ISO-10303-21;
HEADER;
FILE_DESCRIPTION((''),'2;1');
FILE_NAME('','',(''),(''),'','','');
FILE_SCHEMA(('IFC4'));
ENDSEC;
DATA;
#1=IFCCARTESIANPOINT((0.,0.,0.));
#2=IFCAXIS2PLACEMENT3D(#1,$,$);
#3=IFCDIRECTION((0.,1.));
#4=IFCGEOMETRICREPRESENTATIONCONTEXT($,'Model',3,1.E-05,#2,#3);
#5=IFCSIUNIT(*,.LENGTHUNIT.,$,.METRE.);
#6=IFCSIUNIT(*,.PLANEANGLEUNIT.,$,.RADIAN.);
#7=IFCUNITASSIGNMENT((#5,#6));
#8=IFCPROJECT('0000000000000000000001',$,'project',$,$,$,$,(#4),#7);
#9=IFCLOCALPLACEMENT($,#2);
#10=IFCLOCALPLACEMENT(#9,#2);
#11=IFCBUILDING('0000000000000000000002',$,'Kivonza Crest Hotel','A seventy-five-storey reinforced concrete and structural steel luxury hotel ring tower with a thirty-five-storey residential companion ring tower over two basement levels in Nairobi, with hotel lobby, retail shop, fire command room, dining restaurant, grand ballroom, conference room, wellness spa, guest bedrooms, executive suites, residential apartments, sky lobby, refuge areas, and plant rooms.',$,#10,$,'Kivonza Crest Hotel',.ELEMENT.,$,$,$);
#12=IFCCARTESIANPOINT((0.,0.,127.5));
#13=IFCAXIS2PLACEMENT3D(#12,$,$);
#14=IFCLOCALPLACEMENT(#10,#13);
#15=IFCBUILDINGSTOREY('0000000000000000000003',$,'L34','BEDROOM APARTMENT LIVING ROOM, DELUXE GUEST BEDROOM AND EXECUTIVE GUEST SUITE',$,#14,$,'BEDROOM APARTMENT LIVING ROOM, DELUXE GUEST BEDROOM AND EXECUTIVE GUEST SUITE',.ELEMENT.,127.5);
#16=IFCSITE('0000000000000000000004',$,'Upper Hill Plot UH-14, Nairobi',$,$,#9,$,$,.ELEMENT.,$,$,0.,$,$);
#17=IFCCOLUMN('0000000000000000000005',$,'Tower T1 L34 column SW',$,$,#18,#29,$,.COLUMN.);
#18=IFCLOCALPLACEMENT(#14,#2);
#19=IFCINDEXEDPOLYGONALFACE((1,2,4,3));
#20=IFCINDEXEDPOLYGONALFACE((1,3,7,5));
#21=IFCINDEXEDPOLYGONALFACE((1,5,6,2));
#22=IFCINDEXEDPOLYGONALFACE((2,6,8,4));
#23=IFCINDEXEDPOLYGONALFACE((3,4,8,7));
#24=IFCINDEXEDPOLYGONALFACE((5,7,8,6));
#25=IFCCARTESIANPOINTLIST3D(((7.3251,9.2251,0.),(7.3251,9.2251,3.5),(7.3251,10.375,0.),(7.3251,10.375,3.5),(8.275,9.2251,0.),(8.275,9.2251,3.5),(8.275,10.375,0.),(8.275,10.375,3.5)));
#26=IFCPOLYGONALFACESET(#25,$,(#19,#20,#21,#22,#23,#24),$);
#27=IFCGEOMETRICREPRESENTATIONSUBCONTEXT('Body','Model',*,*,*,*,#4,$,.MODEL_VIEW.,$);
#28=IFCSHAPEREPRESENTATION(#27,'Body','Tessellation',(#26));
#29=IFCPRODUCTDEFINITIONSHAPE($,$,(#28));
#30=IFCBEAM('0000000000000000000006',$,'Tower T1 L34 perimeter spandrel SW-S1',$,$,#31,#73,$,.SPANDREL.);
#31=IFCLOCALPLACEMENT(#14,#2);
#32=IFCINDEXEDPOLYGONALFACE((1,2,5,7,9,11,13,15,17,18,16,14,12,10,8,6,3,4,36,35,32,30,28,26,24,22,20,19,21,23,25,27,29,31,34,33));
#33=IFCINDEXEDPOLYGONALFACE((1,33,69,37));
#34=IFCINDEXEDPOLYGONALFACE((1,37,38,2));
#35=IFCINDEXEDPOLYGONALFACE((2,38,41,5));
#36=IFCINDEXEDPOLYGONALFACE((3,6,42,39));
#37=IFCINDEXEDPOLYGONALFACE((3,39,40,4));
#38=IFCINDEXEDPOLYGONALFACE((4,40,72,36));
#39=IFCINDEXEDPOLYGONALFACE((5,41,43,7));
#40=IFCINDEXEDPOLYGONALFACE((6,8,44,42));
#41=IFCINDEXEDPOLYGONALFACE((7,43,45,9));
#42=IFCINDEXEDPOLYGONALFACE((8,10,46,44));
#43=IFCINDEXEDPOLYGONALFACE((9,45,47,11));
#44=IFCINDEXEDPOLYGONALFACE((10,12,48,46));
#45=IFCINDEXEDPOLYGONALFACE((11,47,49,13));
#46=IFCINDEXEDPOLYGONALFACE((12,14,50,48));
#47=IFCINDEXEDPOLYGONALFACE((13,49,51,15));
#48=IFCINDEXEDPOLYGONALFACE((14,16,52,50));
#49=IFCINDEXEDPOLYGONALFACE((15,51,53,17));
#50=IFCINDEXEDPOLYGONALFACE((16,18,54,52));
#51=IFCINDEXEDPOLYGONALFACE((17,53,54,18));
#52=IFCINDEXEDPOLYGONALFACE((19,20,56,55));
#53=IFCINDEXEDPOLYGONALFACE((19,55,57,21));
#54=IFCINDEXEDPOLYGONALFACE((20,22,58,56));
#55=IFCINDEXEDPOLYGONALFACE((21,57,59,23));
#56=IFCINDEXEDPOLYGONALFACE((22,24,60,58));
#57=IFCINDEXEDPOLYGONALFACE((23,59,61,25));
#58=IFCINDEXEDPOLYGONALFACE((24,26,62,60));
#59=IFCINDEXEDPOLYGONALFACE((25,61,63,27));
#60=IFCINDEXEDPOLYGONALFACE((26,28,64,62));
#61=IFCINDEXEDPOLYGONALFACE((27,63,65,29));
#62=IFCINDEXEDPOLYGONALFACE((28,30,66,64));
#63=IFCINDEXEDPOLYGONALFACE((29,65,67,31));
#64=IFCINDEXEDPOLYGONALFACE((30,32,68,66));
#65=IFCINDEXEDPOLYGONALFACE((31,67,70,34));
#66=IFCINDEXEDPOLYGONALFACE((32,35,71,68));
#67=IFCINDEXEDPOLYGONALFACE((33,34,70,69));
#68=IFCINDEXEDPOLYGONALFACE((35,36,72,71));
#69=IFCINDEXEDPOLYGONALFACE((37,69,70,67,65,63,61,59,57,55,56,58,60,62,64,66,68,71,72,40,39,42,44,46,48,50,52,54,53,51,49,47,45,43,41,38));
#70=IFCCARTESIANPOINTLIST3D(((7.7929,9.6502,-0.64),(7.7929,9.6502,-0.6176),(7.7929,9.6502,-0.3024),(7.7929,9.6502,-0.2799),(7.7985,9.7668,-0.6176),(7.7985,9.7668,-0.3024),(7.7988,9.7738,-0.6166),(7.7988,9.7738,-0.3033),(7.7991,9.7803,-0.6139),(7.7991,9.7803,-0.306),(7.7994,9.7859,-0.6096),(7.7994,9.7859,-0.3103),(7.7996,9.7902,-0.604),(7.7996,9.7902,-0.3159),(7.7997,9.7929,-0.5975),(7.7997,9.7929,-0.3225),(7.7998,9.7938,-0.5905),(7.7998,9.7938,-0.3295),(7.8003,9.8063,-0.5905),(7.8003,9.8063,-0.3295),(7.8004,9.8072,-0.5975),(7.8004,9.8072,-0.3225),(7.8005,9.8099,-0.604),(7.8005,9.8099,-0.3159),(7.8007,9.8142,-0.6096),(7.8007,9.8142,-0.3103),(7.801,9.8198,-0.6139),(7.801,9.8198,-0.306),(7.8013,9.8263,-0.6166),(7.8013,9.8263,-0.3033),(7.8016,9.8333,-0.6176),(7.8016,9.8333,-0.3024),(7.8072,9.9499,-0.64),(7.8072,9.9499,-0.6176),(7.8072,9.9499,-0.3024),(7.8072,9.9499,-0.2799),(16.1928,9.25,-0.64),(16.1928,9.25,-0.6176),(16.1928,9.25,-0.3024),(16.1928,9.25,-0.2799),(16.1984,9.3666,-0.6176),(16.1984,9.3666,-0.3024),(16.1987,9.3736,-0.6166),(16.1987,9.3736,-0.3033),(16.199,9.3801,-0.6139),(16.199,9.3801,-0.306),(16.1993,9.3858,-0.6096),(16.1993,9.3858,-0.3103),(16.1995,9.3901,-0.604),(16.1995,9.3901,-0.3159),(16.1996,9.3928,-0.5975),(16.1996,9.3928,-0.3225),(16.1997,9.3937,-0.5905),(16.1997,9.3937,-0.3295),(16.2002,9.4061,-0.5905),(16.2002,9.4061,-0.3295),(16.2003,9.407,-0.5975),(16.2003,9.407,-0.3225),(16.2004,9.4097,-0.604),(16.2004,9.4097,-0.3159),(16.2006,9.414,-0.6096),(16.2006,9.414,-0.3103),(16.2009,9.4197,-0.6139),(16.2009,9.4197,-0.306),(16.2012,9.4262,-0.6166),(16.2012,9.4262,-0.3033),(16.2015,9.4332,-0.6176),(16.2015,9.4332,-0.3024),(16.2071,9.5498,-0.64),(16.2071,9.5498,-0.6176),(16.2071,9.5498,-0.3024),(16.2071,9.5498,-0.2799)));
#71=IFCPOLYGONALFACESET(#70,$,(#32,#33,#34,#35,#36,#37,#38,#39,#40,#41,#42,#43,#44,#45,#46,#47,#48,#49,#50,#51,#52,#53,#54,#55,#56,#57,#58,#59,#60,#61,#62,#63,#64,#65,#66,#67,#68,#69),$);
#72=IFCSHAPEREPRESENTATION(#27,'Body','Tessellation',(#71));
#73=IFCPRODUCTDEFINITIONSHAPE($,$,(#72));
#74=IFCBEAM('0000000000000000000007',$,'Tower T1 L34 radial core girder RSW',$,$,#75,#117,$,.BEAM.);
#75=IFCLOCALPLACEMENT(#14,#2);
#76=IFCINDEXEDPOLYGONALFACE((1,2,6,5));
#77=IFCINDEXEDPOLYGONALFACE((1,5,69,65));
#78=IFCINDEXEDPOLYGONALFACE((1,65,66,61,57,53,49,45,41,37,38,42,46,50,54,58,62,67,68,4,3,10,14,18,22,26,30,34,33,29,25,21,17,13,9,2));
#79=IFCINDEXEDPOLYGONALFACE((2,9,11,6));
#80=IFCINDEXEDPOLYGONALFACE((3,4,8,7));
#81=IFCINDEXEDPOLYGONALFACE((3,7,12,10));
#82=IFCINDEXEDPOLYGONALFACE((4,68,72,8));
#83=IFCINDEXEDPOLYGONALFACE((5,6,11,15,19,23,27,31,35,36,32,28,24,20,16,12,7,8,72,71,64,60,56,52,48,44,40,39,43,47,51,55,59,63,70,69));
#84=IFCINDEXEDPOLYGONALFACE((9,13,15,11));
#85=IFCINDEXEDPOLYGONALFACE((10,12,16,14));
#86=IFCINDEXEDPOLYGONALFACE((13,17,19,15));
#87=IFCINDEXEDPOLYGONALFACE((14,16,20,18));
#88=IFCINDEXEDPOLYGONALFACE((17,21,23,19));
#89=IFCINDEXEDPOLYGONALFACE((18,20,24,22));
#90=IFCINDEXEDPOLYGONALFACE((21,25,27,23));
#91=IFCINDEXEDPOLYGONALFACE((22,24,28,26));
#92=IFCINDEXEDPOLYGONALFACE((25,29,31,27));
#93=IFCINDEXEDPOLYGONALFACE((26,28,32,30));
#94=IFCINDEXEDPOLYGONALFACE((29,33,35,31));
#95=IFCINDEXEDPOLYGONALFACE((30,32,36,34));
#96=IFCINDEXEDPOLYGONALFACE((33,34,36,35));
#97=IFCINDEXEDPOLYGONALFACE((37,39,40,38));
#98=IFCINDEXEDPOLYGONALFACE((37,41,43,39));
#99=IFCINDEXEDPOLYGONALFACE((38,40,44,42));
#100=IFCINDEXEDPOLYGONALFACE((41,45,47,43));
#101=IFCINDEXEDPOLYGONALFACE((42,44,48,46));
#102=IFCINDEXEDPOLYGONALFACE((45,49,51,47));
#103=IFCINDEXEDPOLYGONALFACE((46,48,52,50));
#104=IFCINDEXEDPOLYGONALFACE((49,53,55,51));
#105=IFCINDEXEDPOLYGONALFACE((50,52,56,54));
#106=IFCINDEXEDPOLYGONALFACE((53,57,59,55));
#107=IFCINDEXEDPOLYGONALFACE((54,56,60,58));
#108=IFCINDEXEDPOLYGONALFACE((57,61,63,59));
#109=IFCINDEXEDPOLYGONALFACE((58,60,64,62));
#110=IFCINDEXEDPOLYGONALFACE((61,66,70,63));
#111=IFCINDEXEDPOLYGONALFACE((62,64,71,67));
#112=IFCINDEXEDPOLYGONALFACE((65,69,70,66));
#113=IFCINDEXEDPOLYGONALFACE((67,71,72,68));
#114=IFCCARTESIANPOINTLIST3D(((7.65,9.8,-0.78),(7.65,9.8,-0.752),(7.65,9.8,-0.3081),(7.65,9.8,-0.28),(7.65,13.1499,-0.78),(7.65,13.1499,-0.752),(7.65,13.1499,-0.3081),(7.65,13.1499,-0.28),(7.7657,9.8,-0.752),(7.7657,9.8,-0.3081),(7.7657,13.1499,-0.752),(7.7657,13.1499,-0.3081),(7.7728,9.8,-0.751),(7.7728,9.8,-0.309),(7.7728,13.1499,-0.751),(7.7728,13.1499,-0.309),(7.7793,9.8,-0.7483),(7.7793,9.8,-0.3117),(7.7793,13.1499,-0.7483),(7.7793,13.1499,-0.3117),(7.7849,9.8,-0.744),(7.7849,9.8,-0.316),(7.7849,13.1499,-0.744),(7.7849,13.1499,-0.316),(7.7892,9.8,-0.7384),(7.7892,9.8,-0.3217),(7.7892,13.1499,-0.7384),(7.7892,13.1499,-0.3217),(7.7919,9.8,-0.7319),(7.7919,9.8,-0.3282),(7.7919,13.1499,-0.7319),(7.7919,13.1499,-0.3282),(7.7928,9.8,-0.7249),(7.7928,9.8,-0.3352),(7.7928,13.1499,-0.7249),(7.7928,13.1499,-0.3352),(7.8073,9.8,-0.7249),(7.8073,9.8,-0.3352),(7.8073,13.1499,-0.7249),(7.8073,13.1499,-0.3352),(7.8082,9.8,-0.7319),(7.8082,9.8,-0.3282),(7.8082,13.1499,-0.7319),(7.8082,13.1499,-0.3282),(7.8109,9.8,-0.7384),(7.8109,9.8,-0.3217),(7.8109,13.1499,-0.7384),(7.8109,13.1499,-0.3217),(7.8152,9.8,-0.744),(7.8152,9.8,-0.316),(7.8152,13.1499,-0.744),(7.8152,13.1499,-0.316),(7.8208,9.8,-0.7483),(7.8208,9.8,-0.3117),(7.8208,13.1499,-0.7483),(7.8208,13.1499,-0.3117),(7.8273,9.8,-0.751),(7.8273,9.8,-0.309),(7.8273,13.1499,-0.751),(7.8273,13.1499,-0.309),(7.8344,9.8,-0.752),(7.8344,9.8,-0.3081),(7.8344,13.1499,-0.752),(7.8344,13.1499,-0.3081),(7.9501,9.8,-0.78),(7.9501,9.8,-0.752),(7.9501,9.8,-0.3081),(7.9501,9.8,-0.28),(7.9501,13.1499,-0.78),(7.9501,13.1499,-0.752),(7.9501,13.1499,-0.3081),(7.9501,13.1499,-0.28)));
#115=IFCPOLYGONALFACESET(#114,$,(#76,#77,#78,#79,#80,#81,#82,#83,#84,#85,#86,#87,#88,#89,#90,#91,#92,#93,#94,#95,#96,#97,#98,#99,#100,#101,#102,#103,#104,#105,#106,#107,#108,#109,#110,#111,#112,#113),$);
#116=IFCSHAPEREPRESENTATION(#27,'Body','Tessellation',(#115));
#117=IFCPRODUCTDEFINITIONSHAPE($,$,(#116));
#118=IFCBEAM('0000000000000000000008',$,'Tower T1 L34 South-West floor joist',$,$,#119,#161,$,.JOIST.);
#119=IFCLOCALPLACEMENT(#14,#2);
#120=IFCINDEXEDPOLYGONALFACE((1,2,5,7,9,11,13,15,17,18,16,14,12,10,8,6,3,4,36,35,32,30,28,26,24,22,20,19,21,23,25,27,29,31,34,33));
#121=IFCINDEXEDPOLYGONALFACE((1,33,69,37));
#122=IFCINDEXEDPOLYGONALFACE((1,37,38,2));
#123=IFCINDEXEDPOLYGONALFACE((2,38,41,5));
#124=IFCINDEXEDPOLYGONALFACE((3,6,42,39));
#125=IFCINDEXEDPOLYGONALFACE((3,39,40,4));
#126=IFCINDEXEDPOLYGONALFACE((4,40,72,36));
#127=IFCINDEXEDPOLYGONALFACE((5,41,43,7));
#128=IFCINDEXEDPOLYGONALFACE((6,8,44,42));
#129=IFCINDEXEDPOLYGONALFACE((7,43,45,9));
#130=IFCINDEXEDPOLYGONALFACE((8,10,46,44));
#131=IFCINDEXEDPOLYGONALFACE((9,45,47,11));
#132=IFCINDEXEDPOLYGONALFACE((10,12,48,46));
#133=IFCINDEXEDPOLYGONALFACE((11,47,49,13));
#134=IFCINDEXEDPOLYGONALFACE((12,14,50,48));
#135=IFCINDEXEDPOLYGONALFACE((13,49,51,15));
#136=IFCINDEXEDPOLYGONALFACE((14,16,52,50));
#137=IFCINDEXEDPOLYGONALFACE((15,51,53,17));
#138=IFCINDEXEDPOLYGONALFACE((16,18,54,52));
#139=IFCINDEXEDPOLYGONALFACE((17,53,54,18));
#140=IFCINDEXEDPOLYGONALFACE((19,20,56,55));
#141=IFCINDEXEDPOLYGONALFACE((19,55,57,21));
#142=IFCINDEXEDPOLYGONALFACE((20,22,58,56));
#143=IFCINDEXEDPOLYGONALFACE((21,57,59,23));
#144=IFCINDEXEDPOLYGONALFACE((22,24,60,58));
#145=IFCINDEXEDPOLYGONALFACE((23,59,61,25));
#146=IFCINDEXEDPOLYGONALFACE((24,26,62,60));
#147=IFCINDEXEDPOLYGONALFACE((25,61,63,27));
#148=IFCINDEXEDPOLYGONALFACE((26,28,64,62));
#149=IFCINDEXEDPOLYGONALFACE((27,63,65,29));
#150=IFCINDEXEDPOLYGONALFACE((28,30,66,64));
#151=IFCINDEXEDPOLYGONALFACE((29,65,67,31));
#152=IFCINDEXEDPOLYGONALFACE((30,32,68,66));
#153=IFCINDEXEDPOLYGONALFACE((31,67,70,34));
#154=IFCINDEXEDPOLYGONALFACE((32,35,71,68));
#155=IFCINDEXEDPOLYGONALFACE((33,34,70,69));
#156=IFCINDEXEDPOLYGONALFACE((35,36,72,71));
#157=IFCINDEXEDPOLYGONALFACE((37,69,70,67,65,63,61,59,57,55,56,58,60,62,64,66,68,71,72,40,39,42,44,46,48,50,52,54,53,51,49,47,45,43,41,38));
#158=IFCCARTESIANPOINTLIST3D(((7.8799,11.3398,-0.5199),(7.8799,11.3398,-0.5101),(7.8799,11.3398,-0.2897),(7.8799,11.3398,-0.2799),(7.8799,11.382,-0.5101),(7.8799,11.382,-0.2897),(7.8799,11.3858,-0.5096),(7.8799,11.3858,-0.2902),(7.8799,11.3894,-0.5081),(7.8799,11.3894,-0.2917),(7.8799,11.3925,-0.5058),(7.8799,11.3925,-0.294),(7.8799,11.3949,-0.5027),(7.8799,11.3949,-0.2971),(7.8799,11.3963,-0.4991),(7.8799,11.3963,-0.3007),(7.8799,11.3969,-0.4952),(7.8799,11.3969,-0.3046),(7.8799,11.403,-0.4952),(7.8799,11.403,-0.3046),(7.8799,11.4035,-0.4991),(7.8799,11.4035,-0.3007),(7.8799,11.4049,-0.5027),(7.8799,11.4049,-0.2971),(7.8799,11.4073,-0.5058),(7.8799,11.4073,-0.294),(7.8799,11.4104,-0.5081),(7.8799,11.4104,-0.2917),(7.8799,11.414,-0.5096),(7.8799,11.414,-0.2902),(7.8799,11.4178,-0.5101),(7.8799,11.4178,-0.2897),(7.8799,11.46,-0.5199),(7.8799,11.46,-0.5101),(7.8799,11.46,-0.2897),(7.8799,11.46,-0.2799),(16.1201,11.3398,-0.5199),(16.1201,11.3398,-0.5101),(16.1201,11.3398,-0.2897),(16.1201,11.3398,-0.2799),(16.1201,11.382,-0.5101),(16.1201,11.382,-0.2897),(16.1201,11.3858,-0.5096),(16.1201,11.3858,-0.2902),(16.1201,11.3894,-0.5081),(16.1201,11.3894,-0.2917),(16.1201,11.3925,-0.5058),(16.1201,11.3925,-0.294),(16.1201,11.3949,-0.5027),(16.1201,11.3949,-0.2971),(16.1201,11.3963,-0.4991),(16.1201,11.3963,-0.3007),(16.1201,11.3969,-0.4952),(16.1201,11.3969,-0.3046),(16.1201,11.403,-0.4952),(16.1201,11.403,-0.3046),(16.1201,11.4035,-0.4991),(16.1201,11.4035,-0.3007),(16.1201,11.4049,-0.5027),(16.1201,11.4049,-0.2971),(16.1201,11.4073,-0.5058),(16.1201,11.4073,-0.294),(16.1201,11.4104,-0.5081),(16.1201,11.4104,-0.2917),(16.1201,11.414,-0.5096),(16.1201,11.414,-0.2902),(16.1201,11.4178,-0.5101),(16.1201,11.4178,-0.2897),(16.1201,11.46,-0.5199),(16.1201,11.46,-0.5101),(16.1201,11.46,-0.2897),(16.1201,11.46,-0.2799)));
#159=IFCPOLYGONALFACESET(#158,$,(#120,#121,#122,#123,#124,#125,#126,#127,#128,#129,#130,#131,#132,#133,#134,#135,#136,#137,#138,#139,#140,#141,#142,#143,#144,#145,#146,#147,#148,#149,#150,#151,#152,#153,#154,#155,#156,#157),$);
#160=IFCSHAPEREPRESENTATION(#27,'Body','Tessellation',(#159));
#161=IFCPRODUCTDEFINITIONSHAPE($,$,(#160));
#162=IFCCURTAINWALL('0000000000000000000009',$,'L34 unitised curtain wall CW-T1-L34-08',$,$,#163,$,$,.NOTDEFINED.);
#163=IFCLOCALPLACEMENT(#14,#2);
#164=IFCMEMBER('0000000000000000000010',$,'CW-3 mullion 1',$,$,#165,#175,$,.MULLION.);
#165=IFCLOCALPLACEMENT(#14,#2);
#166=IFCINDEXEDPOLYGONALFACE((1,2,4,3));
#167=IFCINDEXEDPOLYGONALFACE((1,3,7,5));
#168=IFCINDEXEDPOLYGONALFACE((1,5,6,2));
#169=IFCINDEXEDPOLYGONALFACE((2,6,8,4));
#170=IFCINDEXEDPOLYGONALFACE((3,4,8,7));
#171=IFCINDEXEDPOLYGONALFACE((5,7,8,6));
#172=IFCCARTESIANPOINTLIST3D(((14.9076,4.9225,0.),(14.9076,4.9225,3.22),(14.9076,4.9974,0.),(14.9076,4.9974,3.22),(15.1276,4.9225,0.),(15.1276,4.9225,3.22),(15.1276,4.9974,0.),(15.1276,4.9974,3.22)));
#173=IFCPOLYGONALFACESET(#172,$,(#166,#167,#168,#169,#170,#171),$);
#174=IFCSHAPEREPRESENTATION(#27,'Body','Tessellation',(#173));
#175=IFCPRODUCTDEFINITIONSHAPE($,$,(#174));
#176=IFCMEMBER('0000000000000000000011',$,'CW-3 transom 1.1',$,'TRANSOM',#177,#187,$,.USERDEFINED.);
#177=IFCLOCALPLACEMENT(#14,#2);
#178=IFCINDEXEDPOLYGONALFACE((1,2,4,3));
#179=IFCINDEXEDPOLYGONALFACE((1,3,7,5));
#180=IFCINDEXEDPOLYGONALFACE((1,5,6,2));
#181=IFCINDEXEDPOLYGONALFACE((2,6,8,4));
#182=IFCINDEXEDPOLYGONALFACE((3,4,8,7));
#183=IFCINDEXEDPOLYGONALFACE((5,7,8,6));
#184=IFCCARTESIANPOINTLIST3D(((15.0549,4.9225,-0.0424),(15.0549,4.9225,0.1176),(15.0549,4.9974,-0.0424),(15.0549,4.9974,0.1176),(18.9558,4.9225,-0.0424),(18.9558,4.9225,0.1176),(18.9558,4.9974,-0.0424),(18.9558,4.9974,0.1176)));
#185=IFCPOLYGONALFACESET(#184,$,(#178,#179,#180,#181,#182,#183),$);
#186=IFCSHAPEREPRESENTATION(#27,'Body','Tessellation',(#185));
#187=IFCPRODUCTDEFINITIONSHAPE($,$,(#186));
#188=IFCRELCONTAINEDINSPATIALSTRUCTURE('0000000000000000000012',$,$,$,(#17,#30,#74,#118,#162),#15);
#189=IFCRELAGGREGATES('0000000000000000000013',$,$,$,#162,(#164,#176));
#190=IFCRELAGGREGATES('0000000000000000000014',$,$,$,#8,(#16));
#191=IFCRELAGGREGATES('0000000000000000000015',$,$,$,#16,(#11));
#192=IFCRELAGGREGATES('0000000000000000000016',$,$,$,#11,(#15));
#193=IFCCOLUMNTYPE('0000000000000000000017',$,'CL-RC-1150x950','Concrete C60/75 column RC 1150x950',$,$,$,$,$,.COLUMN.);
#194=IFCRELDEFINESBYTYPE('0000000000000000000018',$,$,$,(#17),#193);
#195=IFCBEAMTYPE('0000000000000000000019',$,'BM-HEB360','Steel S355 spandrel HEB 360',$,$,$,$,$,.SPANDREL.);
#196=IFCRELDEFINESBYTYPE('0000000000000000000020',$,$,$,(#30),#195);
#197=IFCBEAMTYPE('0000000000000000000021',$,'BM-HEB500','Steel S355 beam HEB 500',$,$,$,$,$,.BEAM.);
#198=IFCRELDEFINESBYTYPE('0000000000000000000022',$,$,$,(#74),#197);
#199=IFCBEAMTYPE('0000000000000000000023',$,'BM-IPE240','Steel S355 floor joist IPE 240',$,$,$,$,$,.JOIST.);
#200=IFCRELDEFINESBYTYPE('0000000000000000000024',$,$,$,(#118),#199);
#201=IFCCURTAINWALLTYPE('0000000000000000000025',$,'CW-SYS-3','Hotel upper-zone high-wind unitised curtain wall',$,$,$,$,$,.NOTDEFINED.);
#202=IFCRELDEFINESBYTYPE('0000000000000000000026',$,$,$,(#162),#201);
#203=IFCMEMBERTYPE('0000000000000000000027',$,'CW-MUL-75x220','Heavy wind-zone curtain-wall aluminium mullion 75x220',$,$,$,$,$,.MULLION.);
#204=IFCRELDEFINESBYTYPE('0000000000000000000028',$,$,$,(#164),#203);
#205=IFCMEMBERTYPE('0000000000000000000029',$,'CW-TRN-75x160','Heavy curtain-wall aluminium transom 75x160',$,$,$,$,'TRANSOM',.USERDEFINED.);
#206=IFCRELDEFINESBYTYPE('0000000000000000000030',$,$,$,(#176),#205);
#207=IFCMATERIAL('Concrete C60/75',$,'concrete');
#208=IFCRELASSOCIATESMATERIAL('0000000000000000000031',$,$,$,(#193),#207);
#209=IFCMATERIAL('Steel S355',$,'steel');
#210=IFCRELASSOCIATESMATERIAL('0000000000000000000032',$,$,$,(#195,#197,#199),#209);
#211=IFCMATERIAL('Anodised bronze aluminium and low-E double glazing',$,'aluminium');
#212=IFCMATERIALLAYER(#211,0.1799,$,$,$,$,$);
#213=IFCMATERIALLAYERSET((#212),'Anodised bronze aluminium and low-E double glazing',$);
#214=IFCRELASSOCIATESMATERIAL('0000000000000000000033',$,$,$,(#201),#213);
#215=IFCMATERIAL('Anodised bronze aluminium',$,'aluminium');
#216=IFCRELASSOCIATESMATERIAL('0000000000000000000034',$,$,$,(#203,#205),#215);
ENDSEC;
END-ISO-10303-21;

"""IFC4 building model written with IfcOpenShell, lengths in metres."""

from ifc_helpers import new_model, si_unit, direction, frame, origin, origin_2d, place, context, subcontext, project, spatial, rectangle, i_section, extrude, material, layer, layer_set, material_profile, profile_set, type_object, element, aggregate, save


model = new_model("IFC4")

# Units and contexts
model_context = context("Model", 3, precision=1e-05, world=origin(), true_north=direction((0.0, 1.0)))
body_context = subcontext(model_context, "Body", "Model", "MODEL_VIEW")
ifc_project = project(units=[si_unit("LENGTHUNIT", "METRE"), si_unit("PLANEANGLEUNIT", "RADIAN")], contexts=[model_context])

# Site, building, storey
site_placement = place(None, origin())
site = spatial("IfcSite", under=ifc_project, at=site_placement, Name="Upper Hill Plot UH-14, Nairobi", CompositionType="ELEMENT", RefElevation=0.0)
building_placement = place(site_placement, origin())
building = spatial("IfcBuilding", under=site, at=building_placement, Name="Kivonza Crest Hotel", Description="A seventy-five-storey reinforced concrete and structural steel luxury hotel ring tower with a thirty-five-storey residential companion ring tower over two basement levels in Nairobi, with hotel lobby, retail shop, fire command room, dining restaurant, grand ballroom, conference room, wellness spa, guest bedrooms, executive suites, residential apartments, sky lobby, refuge areas, and plant rooms.", LongName="Kivonza Crest Hotel", CompositionType="ELEMENT")
storey_placement = place(building_placement, frame((0.0, 0.0, 127.5)))
storey = spatial("IfcBuildingStorey", under=building, at=storey_placement, Name="L34", Description="BEDROOM APARTMENT LIVING ROOM, DELUXE GUEST BEDROOM AND EXECUTIVE GUEST SUITE", LongName="BEDROOM APARTMENT LIVING ROOM, DELUXE GUEST BEDROOM AND EXECUTIVE GUEST SUITE", CompositionType="ELEMENT", Elevation=127.5)

# Column
ifc_material_1 = material(Name="Concrete C60/75", Category="concrete")
ifc_material_profile_1 = material_profile(ifc_material_1, rectangle(XDim=0.95, YDim=1.1499, at=origin_2d()), Name="RC 1150x950")
ifc_profile_set_1 = profile_set([ifc_material_profile_1], Name="Concrete C60/75")
column_type = type_object("IfcColumnType", Name="CL-RC-1150x950", Description="Concrete C60/75 column RC 1150x950", PredefinedType="COLUMN", material=ifc_profile_set_1)
column_placement = place(storey_placement, frame((7.8, 9.8, 0.0), z_axis=(0.0, 0.0, 1.0), x_axis=(1.0, 0.0, 0.0)))
element("IfcColumn", 1, at=column_placement, inside=storey, type_object=column_type, Name="Tower T1 L34 column SW", PredefinedType="COLUMN", context=body_context, shape_type="SweptSolid", body=[
    extrude(rectangle(XDim=0.95, YDim=1.1499, at=origin_2d()), origin(), (0.0, 0.0, 1.0), 3.5),
])

# Beams
ifc_material_2 = material(Name="Steel S355", Category="steel")
ifc_material_profile_2 = material_profile(ifc_material_2, i_section(OverallWidth=0.3, OverallDepth=0.3601, WebThickness=0.0125, FlangeThickness=0.0225, FilletRadius=0.0271, at=origin_2d()), Name="HEB 360")
ifc_profile_set_2 = profile_set([ifc_material_profile_2], Name="Steel S355")
beam_type_1 = type_object("IfcBeamType", Name="BM-HEB360", Description="Steel S355 spandrel HEB 360", PredefinedType="SPANDREL", material=ifc_profile_set_2)
beam_1_placement = place(storey_placement, frame((7.8, 9.8, -0.46), z_axis=(0.998867, -0.047583, 0.0), x_axis=(0.047583, 0.998867, 0.0)))
element("IfcBeam", 2, at=beam_1_placement, inside=storey, type_object=beam_type_1, Name="Tower T1 L34 perimeter spandrel SW-S1", PredefinedType="SPANDREL", context=body_context, shape_type="SweptSolid", body=[
    extrude(i_section(OverallWidth=0.3, OverallDepth=0.3601, WebThickness=0.0125, FlangeThickness=0.0225, FilletRadius=0.0271, at=origin_2d()), origin(), (0.0, 0.0, 1.0), 8.4094),
])
ifc_material_profile_3 = material_profile(ifc_material_2, i_section(OverallWidth=0.3, OverallDepth=0.5, WebThickness=0.0144, FlangeThickness=0.0281, FilletRadius=0.0271, at=origin_2d()), Name="HEB 500")
ifc_profile_set_3 = profile_set([ifc_material_profile_3], Name="Steel S355")
beam_type_2 = type_object("IfcBeamType", Name="BM-HEB500", Description="Steel S355 beam HEB 500", PredefinedType="BEAM", material=ifc_profile_set_3)
beam_2_placement = place(storey_placement, frame((7.8, 9.8, -0.53), z_axis=(0.0, 1.0, 0.0), x_axis=(-1.0, 0.0, 0.0)))
element("IfcBeam", 3, at=beam_2_placement, inside=storey, type_object=beam_type_2, Name="Tower T1 L34 radial core girder RSW", PredefinedType="BEAM", context=body_context, shape_type="SweptSolid", body=[
    extrude(i_section(OverallWidth=0.3, OverallDepth=0.5, WebThickness=0.0144, FlangeThickness=0.0281, FilletRadius=0.0271, at=origin_2d()), origin(), (0.0, 0.0, 1.0), 3.3499),
])
ifc_material_profile_4 = material_profile(ifc_material_2, i_section(OverallWidth=0.1201, OverallDepth=0.24, WebThickness=0.0061, FlangeThickness=0.0098, FilletRadius=0.0149, at=origin_2d()), Name="IPE 240")
ifc_profile_set_4 = profile_set([ifc_material_profile_4], Name="Steel S355")
beam_type_3 = type_object("IfcBeamType", Name="BM-IPE240", Description="Steel S355 floor joist IPE 240", PredefinedType="JOIST", material=ifc_profile_set_4)
beam_3_placement = place(storey_placement, frame((7.8799, 11.3999, -0.3999), z_axis=(1.0, 0.0, 0.0), x_axis=(0.0, 1.0, 0.0)))
element("IfcBeam", 4, at=beam_3_placement, inside=storey, type_object=beam_type_3, Name="Tower T1 L34 South-West floor joist", PredefinedType="JOIST", context=body_context, shape_type="SweptSolid", body=[
    extrude(i_section(OverallWidth=0.1201, OverallDepth=0.24, WebThickness=0.0061, FlangeThickness=0.0098, FilletRadius=0.0149, at=origin_2d()), origin(), (0.0, 0.0, 1.0), 8.2402),
])

# Curtain wall, members
ifc_material_3 = material(Name="Anodised bronze aluminium and low-E double glazing", Category="aluminium")
ifc_layer_1 = layer(ifc_material_3, 0.1799)
ifc_layer_set_1 = layer_set([ifc_layer_1], Name="Anodised bronze aluminium and low-E double glazing")
curtain_wall_type = type_object("IfcCurtainWallType", Name="CW-SYS-3", Description="Hotel upper-zone high-wind unitised curtain wall", PredefinedType="NOTDEFINED", material=ifc_layer_set_1)
curtain_wall_placement = place(storey_placement, origin())
curtain_wall = element("IfcCurtainWall", 5, at=curtain_wall_placement, inside=storey, type_object=curtain_wall_type, Name="L34 unitised curtain wall CW-T1-L34-08", PredefinedType="NOTDEFINED")
ifc_material_4 = material(Name="Anodised bronze aluminium", Category="aluminium")
ifc_material_profile_5 = material_profile(ifc_material_4, rectangle(XDim=0.075, YDim=0.22, at=origin_2d()), Name="CW-M 75x220")
ifc_profile_set_5 = profile_set([ifc_material_profile_5], Name="Anodised bronze aluminium")
member_type_1 = type_object("IfcMemberType", Name="CW-MUL-75x220", Description="Heavy wind-zone curtain-wall aluminium mullion 75x220", PredefinedType="MULLION", material=ifc_profile_set_5)
member_1_placement = place(storey_placement, frame((15.0176, 4.96, 0.0), z_axis=(0.0, 0.0, 1.0), x_axis=(0.0, 1.0, 0.0)))
member_1 = element("IfcMember", 6, at=member_1_placement, type_object=member_type_1, Name="CW-3 mullion 1", PredefinedType="MULLION", context=body_context, shape_type="SweptSolid", body=[
    extrude(rectangle(XDim=0.075, YDim=0.22, at=origin_2d()), origin(), (0.0, 0.0, 1.0), 3.22),
])
ifc_material_profile_6 = material_profile(ifc_material_4, rectangle(XDim=0.075, YDim=0.1599, at=origin_2d()), Name="CW-T 75x160")
ifc_profile_set_6 = profile_set([ifc_material_profile_6], Name="Anodised bronze aluminium")
member_type_2 = type_object("IfcMemberType", Name="CW-TRN-75x160", Description="Heavy curtain-wall aluminium transom 75x160", ElementType="TRANSOM", PredefinedType="USERDEFINED", material=ifc_profile_set_6)
member_2_placement = place(storey_placement, frame((15.0549, 4.96, 0.0376), z_axis=(1.0, 0.0, 0.0), x_axis=(0.0, 1.0, 0.0)))
member_2 = element("IfcMember", 7, at=member_2_placement, type_object=member_type_2, Name="CW-3 transom 1.1", ObjectType="TRANSOM", PredefinedType="USERDEFINED", context=body_context, shape_type="SweptSolid", body=[
    extrude(rectangle(XDim=0.075, YDim=0.1599, at=origin_2d()), origin(), (0.0, 0.0, 1.0), 3.9009),
])
aggregate(curtain_wall, [member_1, member_2])

save(model, "model.ifc")
